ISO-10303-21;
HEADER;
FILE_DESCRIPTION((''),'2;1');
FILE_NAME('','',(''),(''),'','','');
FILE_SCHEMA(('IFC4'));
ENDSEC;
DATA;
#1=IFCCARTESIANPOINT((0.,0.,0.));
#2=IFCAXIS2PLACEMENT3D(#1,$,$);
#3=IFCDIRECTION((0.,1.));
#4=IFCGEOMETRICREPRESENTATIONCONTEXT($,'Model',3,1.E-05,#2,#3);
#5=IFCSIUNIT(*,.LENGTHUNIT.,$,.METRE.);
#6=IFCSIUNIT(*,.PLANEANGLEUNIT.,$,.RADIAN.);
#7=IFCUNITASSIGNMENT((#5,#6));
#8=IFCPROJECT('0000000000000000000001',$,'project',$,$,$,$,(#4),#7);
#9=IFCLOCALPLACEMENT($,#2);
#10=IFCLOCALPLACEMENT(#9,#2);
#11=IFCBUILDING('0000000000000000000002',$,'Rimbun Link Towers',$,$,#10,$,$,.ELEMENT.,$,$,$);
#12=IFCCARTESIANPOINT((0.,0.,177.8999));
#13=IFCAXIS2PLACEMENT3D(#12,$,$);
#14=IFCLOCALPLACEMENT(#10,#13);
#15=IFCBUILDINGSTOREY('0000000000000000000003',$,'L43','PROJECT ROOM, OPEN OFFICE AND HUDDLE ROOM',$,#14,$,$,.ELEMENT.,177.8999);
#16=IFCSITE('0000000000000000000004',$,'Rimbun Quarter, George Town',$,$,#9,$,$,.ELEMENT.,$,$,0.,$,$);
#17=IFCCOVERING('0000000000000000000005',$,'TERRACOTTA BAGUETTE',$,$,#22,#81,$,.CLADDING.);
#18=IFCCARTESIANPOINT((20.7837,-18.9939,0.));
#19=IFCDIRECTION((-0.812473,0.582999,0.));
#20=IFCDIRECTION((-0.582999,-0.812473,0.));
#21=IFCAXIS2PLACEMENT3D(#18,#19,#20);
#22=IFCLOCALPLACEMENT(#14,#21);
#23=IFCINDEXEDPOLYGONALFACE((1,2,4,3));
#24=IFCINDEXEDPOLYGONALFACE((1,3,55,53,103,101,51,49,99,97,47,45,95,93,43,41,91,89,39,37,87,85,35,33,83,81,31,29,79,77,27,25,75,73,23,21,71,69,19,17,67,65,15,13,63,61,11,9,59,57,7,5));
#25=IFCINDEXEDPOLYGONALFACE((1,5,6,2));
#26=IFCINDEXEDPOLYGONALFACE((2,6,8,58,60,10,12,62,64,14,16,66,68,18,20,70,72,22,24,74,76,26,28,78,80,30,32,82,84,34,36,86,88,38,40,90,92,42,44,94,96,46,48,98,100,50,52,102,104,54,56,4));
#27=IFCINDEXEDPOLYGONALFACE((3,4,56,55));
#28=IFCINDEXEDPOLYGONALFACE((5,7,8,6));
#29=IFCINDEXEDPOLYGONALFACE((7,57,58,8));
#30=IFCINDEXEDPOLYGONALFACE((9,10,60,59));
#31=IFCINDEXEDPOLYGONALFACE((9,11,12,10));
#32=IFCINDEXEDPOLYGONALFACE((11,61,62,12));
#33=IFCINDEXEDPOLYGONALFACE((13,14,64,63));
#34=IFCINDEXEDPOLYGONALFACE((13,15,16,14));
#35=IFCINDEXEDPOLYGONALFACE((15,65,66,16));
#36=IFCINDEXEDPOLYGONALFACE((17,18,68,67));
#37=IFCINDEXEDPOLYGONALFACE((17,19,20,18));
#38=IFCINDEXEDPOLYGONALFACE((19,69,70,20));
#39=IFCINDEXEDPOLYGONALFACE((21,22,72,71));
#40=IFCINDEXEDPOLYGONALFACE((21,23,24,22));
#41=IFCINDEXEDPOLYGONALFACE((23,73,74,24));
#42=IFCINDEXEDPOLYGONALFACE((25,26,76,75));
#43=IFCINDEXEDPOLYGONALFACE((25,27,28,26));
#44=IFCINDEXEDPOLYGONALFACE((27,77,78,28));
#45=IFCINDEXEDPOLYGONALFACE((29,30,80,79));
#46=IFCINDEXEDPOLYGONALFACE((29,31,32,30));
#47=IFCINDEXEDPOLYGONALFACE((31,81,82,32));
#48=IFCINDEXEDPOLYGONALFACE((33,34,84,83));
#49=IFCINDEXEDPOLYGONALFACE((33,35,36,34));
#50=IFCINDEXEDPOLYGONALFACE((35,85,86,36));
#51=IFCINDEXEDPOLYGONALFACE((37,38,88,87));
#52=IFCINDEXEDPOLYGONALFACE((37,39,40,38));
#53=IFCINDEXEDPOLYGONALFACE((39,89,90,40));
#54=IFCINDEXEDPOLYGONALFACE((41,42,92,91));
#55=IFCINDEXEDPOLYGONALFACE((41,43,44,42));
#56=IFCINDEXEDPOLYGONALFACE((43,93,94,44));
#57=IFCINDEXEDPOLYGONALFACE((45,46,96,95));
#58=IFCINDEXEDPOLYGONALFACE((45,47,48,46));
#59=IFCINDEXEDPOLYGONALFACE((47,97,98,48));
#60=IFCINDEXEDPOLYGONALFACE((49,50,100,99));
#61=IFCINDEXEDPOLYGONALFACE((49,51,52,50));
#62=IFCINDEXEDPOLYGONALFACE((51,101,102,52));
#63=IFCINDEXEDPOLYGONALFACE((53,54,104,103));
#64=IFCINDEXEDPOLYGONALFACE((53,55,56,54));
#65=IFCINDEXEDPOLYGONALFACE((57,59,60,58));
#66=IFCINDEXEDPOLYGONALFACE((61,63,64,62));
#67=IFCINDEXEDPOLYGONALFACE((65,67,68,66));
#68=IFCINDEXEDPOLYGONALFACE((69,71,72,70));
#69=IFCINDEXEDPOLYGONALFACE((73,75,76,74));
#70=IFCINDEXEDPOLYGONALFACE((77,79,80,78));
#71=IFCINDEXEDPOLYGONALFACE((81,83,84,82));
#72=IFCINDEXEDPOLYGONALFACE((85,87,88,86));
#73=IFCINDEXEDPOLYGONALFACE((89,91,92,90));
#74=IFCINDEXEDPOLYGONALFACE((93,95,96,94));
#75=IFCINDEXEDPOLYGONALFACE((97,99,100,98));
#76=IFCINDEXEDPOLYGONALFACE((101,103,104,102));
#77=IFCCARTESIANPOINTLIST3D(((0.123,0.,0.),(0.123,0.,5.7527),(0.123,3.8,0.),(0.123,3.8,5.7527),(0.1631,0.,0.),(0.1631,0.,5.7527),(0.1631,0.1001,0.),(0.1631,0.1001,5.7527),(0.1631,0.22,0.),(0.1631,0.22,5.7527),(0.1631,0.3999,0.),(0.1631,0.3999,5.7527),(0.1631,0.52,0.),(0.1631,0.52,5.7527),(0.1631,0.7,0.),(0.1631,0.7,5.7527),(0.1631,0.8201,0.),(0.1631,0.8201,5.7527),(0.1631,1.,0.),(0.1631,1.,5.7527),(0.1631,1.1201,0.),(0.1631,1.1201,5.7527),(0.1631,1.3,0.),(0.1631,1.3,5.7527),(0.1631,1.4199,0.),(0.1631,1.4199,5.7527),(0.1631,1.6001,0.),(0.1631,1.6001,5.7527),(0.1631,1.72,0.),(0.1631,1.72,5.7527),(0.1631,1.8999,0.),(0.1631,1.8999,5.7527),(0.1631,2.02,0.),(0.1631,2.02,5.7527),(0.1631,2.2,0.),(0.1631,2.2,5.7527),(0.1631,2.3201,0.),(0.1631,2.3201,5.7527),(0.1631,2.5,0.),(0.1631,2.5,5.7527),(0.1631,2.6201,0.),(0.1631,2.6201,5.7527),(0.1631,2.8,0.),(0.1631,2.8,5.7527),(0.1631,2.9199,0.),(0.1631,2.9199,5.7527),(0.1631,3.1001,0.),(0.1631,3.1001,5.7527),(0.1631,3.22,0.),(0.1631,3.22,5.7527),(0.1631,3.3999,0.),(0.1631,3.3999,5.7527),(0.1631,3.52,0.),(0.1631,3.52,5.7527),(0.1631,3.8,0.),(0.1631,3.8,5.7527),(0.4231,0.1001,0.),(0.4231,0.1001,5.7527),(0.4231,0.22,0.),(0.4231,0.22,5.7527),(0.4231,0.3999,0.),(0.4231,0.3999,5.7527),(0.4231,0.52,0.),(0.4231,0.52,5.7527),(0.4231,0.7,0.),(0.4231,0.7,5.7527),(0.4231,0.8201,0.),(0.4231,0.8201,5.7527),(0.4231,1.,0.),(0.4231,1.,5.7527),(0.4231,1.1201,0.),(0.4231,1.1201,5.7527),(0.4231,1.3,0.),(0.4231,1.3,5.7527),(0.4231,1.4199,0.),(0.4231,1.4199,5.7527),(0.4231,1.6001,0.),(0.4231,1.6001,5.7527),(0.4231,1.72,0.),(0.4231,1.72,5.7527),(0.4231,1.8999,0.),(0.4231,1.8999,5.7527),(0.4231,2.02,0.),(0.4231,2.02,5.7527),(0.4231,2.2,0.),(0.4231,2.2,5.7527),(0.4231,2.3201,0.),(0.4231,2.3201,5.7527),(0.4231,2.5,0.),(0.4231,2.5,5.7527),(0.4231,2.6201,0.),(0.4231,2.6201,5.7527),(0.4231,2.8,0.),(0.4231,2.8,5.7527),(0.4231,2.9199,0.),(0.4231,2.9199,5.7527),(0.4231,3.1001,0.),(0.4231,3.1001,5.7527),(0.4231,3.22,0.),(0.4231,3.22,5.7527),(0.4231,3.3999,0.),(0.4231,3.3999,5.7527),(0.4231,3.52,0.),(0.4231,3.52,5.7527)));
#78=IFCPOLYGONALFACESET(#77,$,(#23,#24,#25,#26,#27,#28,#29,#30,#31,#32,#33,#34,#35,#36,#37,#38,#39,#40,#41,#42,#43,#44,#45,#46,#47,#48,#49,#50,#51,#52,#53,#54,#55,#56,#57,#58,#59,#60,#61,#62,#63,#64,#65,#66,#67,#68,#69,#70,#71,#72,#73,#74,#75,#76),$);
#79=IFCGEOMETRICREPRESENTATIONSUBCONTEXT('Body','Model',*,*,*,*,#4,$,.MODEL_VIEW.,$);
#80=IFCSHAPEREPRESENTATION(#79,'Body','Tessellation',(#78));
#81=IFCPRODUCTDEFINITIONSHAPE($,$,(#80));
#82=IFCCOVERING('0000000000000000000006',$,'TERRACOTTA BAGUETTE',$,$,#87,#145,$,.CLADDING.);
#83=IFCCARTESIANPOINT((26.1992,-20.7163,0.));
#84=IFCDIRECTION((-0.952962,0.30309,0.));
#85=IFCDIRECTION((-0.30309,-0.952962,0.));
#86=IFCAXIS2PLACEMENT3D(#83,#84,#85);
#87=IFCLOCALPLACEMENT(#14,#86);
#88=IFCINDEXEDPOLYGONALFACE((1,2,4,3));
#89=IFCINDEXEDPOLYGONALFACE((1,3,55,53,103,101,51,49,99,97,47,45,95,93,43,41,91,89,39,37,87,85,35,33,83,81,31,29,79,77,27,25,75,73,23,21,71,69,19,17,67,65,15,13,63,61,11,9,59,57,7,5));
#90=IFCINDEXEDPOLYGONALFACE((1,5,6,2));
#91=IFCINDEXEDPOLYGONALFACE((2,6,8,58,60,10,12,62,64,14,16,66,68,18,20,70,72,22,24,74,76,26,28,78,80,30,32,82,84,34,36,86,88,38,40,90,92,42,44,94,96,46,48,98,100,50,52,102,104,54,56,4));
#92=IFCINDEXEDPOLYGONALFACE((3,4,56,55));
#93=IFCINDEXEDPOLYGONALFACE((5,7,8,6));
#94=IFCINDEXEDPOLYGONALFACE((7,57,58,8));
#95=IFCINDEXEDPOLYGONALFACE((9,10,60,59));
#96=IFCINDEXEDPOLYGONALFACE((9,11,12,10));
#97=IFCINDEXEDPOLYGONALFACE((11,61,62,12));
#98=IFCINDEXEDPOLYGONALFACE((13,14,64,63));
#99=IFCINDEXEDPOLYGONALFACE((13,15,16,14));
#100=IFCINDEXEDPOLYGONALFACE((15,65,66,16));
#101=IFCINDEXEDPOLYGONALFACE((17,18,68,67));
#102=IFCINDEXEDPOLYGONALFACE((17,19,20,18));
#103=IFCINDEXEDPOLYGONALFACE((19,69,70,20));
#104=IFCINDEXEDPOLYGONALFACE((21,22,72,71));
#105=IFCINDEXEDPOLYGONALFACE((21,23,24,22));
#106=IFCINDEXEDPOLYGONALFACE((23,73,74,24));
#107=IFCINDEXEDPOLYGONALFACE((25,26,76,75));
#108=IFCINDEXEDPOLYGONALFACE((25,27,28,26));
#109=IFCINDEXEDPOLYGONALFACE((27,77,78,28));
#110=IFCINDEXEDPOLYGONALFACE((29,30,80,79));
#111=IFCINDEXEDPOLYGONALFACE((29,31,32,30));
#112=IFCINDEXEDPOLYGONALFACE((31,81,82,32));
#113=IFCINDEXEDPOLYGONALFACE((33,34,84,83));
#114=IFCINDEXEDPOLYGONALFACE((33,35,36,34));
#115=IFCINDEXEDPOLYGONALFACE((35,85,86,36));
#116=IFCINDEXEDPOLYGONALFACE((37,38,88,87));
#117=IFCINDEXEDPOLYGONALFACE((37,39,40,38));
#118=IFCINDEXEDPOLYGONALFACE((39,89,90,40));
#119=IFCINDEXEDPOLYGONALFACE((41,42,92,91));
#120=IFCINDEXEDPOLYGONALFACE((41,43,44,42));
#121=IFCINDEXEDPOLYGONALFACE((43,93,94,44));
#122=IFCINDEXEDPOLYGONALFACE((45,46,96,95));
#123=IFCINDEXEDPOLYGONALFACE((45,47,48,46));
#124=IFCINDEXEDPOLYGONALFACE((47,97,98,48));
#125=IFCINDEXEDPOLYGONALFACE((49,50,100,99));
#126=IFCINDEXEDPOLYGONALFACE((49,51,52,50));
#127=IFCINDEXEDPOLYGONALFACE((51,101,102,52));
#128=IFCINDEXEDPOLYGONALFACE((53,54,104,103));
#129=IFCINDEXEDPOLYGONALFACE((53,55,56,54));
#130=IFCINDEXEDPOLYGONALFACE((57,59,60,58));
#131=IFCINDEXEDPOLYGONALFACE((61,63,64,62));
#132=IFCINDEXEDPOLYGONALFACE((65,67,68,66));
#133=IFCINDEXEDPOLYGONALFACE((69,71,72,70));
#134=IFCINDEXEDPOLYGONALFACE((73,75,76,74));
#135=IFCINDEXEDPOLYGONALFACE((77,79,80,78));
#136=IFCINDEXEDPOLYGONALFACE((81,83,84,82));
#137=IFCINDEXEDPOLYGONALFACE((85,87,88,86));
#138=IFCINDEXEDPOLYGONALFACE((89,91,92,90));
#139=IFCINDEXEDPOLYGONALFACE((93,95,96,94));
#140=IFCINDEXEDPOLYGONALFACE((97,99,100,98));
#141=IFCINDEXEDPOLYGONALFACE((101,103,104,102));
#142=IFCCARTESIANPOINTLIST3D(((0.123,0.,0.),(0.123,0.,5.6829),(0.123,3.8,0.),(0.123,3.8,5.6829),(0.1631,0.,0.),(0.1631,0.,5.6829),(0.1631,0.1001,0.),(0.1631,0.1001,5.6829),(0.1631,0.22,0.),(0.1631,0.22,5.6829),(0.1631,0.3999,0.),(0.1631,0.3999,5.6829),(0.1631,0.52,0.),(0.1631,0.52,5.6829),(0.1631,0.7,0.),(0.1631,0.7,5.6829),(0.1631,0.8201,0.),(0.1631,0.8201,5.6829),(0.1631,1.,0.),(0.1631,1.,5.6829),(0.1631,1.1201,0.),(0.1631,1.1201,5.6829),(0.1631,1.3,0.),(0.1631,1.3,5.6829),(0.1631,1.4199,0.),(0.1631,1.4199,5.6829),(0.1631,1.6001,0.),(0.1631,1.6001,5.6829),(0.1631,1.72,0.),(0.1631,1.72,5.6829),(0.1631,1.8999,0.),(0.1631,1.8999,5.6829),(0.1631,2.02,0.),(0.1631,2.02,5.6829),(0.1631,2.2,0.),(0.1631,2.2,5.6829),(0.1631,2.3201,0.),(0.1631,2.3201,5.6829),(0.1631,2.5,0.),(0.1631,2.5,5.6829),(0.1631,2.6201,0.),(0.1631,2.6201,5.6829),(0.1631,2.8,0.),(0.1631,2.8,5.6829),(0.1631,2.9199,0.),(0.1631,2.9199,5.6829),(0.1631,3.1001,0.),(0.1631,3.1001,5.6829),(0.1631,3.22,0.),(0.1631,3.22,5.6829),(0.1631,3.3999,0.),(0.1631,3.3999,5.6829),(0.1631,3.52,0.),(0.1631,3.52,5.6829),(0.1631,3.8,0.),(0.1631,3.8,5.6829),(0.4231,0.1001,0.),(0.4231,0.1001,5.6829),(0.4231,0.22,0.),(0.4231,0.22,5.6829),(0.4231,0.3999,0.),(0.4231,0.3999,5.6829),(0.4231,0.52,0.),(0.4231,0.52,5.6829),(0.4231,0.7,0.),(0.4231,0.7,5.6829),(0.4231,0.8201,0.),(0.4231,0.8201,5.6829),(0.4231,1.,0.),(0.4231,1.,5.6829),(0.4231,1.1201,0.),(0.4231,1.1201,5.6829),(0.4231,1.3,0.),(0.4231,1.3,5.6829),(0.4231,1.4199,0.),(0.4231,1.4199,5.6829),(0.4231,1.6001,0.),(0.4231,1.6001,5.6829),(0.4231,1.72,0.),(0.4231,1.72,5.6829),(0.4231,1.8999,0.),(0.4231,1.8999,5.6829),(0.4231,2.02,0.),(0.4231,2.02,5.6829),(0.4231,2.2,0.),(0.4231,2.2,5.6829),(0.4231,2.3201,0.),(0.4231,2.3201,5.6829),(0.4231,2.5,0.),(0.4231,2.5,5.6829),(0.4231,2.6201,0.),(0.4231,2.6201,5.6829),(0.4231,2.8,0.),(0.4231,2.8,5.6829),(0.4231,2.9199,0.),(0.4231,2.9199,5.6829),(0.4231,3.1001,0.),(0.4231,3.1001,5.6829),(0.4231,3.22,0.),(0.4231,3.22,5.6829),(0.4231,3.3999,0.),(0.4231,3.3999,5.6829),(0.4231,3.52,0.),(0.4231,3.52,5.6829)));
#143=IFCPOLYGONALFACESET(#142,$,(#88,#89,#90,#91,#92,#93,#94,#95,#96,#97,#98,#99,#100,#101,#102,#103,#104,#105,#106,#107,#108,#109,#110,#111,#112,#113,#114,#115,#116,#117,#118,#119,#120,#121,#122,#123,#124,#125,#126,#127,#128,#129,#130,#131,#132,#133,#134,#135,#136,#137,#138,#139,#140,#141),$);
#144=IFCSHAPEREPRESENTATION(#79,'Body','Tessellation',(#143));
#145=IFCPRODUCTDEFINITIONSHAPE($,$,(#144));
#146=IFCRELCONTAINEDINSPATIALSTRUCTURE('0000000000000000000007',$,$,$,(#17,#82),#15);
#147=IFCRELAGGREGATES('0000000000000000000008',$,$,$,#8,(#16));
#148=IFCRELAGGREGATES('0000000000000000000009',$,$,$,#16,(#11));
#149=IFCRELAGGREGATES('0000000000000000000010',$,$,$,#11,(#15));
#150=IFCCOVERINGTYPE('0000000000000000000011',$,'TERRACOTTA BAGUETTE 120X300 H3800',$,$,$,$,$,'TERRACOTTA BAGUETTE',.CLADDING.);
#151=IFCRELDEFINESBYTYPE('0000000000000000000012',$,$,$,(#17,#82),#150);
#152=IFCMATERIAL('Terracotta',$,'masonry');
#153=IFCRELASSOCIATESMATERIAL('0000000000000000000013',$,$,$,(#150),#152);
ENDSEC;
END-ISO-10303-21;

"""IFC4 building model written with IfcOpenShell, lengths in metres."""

from ifc_helpers import new_model, si_unit, direction, frame, origin, place, context, subcontext, project, spatial, polyline, outline, extrude, material, material_profile, profile_set, type_object, element, save


model = new_model("IFC4")

# Units and contexts
model_context = context("Model", 3, precision=1e-05, world=origin(), true_north=direction((0.0, 1.0)))
body_context = subcontext(model_context, "Body", "Model", "MODEL_VIEW")
ifc_project = project(units=[si_unit("LENGTHUNIT", "METRE"), si_unit("PLANEANGLEUNIT", "RADIAN")], contexts=[model_context])

# Site, building, storey
site_placement = place(None, origin())
site = spatial("IfcSite", under=ifc_project, at=site_placement, Name="Rimbun Quarter, George Town", CompositionType="ELEMENT", RefElevation=0.0)
building_placement = place(site_placement, origin())
building = spatial("IfcBuilding", under=site, at=building_placement, Name="Rimbun Link Towers", CompositionType="ELEMENT")
storey_placement = place(building_placement, frame((0.0, 0.0, 177.8999)))
storey = spatial("IfcBuildingStorey", under=building, at=storey_placement, Name="L43", Description="PROJECT ROOM, OPEN OFFICE AND HUDDLE ROOM", CompositionType="ELEMENT", Elevation=177.8999)

# Coverings
ifc_material_1 = material(Name="Terracotta", Category="masonry")
ifc_material_profile_1 = material_profile(ifc_material_1, outline(polyline([(0.123, 0.0), (0.1631, 0.0), (0.1631, 0.1001), (0.4231, 0.1001), (0.4231, 0.22), (0.1631, 0.22), (0.1631, 0.3999), (0.4231, 0.3999), (0.4231, 0.52), (0.1631, 0.52), (0.1631, 0.7), (0.4231, 0.7), (0.4231, 0.8201), (0.1631, 0.8201), (0.1631, 1.0), (0.4231, 1.0), (0.4231, 1.1201), (0.1631, 1.1201), (0.1631, 1.3), (0.4231, 1.3), (0.4231, 1.4199), (0.1631, 1.4199), (0.1631, 1.6001), (0.4231, 1.6001), (0.4231, 1.72), (0.1631, 1.72), (0.1631, 1.8999), (0.4231, 1.8999), (0.4231, 2.02), (0.1631, 2.02), (0.1631, 2.2), (0.4231, 2.2), (0.4231, 2.3201), (0.1631, 2.3201), (0.1631, 2.5), (0.4231, 2.5), (0.4231, 2.6201), (0.1631, 2.6201), (0.1631, 2.8), (0.4231, 2.8), (0.4231, 2.9199), (0.1631, 2.9199), (0.1631, 3.1001), (0.4231, 3.1001), (0.4231, 3.22), (0.1631, 3.22), (0.1631, 3.3999), (0.4231, 3.3999), (0.4231, 3.52), (0.1631, 3.52), (0.1631, 3.8), (0.123, 3.8), (0.123, 0.0)])), Name="BAGUETTE 120X300")
ifc_profile_set_1 = profile_set([ifc_material_profile_1], Name="Terracotta")
covering_type = type_object("IfcCoveringType", Name="TERRACOTTA BAGUETTE 120X300 H3800", ElementType="TERRACOTTA BAGUETTE", PredefinedType="CLADDING", material=ifc_profile_set_1)
for number, where, z_axis, x_axis, name in (
    (1, (20.7837, -18.9939, 0.0), (-0.812473, 0.582999, 0.0), (-0.582999, -0.812473, 0.0), "TERRACOTTA BAGUETTE"),
):
    element("IfcCovering", number, at=place(storey_placement, frame(where, z_axis=z_axis, x_axis=x_axis)), inside=storey, type_object=covering_type, Name=name, PredefinedType="CLADDING", context=body_context, shape_type="SweptSolid", body=[
        extrude(outline(polyline([(0.123, 0.0), (0.1631, 0.0), (0.1631, 0.1001), (0.4231, 0.1001), (0.4231, 0.22), (0.1631, 0.22), (0.1631, 0.3999), (0.4231, 0.3999), (0.4231, 0.52), (0.1631, 0.52), (0.1631, 0.7), (0.4231, 0.7), (0.4231, 0.8201), (0.1631, 0.8201), (0.1631, 1.0), (0.4231, 1.0), (0.4231, 1.1201), (0.1631, 1.1201), (0.1631, 1.3), (0.4231, 1.3), (0.4231, 1.4199), (0.1631, 1.4199), (0.1631, 1.6001), (0.4231, 1.6001), (0.4231, 1.72), (0.1631, 1.72), (0.1631, 1.8999), (0.4231, 1.8999), (0.4231, 2.02), (0.1631, 2.02), (0.1631, 2.2), (0.4231, 2.2), (0.4231, 2.3201), (0.1631, 2.3201), (0.1631, 2.5), (0.4231, 2.5), (0.4231, 2.6201), (0.1631, 2.6201), (0.1631, 2.8), (0.4231, 2.8), (0.4231, 2.9199), (0.1631, 2.9199), (0.1631, 3.1001), (0.4231, 3.1001), (0.4231, 3.22), (0.1631, 3.22), (0.1631, 3.3999), (0.4231, 3.3999), (0.4231, 3.52), (0.1631, 3.52), (0.1631, 3.8), (0.123, 3.8), (0.123, 0.0)])), origin(), (0.0, 0.0, 1.0), 5.7527),
    ])
covering_placement = place(storey_placement, frame((26.1992, -20.7163, 0.0), z_axis=(-0.952962, 0.30309, 0.0), x_axis=(-0.30309, -0.952962, 0.0)))
element("IfcCovering", 2, at=covering_placement, inside=storey, type_object=covering_type, Name="TERRACOTTA BAGUETTE", PredefinedType="CLADDING", context=body_context, shape_type="SweptSolid", body=[
    extrude(outline(polyline([(0.123, 0.0), (0.1631, 0.0), (0.1631, 0.1001), (0.4231, 0.1001), (0.4231, 0.22), (0.1631, 0.22), (0.1631, 0.3999), (0.4231, 0.3999), (0.4231, 0.52), (0.1631, 0.52), (0.1631, 0.7), (0.4231, 0.7), (0.4231, 0.8201), (0.1631, 0.8201), (0.1631, 1.0), (0.4231, 1.0), (0.4231, 1.1201), (0.1631, 1.1201), (0.1631, 1.3), (0.4231, 1.3), (0.4231, 1.4199), (0.1631, 1.4199), (0.1631, 1.6001), (0.4231, 1.6001), (0.4231, 1.72), (0.1631, 1.72), (0.1631, 1.8999), (0.4231, 1.8999), (0.4231, 2.02), (0.1631, 2.02), (0.1631, 2.2), (0.4231, 2.2), (0.4231, 2.3201), (0.1631, 2.3201), (0.1631, 2.5), (0.4231, 2.5), (0.4231, 2.6201), (0.1631, 2.6201), (0.1631, 2.8), (0.4231, 2.8), (0.4231, 2.9199), (0.1631, 2.9199), (0.1631, 3.1001), (0.4231, 3.1001), (0.4231, 3.22), (0.1631, 3.22), (0.1631, 3.3999), (0.4231, 3.3999), (0.4231, 3.52), (0.1631, 3.52), (0.1631, 3.8), (0.123, 3.8), (0.123, 0.0)])), origin(), (0.0, 0.0, 1.0), 5.6829),
])

save(model, "model.ifc")
